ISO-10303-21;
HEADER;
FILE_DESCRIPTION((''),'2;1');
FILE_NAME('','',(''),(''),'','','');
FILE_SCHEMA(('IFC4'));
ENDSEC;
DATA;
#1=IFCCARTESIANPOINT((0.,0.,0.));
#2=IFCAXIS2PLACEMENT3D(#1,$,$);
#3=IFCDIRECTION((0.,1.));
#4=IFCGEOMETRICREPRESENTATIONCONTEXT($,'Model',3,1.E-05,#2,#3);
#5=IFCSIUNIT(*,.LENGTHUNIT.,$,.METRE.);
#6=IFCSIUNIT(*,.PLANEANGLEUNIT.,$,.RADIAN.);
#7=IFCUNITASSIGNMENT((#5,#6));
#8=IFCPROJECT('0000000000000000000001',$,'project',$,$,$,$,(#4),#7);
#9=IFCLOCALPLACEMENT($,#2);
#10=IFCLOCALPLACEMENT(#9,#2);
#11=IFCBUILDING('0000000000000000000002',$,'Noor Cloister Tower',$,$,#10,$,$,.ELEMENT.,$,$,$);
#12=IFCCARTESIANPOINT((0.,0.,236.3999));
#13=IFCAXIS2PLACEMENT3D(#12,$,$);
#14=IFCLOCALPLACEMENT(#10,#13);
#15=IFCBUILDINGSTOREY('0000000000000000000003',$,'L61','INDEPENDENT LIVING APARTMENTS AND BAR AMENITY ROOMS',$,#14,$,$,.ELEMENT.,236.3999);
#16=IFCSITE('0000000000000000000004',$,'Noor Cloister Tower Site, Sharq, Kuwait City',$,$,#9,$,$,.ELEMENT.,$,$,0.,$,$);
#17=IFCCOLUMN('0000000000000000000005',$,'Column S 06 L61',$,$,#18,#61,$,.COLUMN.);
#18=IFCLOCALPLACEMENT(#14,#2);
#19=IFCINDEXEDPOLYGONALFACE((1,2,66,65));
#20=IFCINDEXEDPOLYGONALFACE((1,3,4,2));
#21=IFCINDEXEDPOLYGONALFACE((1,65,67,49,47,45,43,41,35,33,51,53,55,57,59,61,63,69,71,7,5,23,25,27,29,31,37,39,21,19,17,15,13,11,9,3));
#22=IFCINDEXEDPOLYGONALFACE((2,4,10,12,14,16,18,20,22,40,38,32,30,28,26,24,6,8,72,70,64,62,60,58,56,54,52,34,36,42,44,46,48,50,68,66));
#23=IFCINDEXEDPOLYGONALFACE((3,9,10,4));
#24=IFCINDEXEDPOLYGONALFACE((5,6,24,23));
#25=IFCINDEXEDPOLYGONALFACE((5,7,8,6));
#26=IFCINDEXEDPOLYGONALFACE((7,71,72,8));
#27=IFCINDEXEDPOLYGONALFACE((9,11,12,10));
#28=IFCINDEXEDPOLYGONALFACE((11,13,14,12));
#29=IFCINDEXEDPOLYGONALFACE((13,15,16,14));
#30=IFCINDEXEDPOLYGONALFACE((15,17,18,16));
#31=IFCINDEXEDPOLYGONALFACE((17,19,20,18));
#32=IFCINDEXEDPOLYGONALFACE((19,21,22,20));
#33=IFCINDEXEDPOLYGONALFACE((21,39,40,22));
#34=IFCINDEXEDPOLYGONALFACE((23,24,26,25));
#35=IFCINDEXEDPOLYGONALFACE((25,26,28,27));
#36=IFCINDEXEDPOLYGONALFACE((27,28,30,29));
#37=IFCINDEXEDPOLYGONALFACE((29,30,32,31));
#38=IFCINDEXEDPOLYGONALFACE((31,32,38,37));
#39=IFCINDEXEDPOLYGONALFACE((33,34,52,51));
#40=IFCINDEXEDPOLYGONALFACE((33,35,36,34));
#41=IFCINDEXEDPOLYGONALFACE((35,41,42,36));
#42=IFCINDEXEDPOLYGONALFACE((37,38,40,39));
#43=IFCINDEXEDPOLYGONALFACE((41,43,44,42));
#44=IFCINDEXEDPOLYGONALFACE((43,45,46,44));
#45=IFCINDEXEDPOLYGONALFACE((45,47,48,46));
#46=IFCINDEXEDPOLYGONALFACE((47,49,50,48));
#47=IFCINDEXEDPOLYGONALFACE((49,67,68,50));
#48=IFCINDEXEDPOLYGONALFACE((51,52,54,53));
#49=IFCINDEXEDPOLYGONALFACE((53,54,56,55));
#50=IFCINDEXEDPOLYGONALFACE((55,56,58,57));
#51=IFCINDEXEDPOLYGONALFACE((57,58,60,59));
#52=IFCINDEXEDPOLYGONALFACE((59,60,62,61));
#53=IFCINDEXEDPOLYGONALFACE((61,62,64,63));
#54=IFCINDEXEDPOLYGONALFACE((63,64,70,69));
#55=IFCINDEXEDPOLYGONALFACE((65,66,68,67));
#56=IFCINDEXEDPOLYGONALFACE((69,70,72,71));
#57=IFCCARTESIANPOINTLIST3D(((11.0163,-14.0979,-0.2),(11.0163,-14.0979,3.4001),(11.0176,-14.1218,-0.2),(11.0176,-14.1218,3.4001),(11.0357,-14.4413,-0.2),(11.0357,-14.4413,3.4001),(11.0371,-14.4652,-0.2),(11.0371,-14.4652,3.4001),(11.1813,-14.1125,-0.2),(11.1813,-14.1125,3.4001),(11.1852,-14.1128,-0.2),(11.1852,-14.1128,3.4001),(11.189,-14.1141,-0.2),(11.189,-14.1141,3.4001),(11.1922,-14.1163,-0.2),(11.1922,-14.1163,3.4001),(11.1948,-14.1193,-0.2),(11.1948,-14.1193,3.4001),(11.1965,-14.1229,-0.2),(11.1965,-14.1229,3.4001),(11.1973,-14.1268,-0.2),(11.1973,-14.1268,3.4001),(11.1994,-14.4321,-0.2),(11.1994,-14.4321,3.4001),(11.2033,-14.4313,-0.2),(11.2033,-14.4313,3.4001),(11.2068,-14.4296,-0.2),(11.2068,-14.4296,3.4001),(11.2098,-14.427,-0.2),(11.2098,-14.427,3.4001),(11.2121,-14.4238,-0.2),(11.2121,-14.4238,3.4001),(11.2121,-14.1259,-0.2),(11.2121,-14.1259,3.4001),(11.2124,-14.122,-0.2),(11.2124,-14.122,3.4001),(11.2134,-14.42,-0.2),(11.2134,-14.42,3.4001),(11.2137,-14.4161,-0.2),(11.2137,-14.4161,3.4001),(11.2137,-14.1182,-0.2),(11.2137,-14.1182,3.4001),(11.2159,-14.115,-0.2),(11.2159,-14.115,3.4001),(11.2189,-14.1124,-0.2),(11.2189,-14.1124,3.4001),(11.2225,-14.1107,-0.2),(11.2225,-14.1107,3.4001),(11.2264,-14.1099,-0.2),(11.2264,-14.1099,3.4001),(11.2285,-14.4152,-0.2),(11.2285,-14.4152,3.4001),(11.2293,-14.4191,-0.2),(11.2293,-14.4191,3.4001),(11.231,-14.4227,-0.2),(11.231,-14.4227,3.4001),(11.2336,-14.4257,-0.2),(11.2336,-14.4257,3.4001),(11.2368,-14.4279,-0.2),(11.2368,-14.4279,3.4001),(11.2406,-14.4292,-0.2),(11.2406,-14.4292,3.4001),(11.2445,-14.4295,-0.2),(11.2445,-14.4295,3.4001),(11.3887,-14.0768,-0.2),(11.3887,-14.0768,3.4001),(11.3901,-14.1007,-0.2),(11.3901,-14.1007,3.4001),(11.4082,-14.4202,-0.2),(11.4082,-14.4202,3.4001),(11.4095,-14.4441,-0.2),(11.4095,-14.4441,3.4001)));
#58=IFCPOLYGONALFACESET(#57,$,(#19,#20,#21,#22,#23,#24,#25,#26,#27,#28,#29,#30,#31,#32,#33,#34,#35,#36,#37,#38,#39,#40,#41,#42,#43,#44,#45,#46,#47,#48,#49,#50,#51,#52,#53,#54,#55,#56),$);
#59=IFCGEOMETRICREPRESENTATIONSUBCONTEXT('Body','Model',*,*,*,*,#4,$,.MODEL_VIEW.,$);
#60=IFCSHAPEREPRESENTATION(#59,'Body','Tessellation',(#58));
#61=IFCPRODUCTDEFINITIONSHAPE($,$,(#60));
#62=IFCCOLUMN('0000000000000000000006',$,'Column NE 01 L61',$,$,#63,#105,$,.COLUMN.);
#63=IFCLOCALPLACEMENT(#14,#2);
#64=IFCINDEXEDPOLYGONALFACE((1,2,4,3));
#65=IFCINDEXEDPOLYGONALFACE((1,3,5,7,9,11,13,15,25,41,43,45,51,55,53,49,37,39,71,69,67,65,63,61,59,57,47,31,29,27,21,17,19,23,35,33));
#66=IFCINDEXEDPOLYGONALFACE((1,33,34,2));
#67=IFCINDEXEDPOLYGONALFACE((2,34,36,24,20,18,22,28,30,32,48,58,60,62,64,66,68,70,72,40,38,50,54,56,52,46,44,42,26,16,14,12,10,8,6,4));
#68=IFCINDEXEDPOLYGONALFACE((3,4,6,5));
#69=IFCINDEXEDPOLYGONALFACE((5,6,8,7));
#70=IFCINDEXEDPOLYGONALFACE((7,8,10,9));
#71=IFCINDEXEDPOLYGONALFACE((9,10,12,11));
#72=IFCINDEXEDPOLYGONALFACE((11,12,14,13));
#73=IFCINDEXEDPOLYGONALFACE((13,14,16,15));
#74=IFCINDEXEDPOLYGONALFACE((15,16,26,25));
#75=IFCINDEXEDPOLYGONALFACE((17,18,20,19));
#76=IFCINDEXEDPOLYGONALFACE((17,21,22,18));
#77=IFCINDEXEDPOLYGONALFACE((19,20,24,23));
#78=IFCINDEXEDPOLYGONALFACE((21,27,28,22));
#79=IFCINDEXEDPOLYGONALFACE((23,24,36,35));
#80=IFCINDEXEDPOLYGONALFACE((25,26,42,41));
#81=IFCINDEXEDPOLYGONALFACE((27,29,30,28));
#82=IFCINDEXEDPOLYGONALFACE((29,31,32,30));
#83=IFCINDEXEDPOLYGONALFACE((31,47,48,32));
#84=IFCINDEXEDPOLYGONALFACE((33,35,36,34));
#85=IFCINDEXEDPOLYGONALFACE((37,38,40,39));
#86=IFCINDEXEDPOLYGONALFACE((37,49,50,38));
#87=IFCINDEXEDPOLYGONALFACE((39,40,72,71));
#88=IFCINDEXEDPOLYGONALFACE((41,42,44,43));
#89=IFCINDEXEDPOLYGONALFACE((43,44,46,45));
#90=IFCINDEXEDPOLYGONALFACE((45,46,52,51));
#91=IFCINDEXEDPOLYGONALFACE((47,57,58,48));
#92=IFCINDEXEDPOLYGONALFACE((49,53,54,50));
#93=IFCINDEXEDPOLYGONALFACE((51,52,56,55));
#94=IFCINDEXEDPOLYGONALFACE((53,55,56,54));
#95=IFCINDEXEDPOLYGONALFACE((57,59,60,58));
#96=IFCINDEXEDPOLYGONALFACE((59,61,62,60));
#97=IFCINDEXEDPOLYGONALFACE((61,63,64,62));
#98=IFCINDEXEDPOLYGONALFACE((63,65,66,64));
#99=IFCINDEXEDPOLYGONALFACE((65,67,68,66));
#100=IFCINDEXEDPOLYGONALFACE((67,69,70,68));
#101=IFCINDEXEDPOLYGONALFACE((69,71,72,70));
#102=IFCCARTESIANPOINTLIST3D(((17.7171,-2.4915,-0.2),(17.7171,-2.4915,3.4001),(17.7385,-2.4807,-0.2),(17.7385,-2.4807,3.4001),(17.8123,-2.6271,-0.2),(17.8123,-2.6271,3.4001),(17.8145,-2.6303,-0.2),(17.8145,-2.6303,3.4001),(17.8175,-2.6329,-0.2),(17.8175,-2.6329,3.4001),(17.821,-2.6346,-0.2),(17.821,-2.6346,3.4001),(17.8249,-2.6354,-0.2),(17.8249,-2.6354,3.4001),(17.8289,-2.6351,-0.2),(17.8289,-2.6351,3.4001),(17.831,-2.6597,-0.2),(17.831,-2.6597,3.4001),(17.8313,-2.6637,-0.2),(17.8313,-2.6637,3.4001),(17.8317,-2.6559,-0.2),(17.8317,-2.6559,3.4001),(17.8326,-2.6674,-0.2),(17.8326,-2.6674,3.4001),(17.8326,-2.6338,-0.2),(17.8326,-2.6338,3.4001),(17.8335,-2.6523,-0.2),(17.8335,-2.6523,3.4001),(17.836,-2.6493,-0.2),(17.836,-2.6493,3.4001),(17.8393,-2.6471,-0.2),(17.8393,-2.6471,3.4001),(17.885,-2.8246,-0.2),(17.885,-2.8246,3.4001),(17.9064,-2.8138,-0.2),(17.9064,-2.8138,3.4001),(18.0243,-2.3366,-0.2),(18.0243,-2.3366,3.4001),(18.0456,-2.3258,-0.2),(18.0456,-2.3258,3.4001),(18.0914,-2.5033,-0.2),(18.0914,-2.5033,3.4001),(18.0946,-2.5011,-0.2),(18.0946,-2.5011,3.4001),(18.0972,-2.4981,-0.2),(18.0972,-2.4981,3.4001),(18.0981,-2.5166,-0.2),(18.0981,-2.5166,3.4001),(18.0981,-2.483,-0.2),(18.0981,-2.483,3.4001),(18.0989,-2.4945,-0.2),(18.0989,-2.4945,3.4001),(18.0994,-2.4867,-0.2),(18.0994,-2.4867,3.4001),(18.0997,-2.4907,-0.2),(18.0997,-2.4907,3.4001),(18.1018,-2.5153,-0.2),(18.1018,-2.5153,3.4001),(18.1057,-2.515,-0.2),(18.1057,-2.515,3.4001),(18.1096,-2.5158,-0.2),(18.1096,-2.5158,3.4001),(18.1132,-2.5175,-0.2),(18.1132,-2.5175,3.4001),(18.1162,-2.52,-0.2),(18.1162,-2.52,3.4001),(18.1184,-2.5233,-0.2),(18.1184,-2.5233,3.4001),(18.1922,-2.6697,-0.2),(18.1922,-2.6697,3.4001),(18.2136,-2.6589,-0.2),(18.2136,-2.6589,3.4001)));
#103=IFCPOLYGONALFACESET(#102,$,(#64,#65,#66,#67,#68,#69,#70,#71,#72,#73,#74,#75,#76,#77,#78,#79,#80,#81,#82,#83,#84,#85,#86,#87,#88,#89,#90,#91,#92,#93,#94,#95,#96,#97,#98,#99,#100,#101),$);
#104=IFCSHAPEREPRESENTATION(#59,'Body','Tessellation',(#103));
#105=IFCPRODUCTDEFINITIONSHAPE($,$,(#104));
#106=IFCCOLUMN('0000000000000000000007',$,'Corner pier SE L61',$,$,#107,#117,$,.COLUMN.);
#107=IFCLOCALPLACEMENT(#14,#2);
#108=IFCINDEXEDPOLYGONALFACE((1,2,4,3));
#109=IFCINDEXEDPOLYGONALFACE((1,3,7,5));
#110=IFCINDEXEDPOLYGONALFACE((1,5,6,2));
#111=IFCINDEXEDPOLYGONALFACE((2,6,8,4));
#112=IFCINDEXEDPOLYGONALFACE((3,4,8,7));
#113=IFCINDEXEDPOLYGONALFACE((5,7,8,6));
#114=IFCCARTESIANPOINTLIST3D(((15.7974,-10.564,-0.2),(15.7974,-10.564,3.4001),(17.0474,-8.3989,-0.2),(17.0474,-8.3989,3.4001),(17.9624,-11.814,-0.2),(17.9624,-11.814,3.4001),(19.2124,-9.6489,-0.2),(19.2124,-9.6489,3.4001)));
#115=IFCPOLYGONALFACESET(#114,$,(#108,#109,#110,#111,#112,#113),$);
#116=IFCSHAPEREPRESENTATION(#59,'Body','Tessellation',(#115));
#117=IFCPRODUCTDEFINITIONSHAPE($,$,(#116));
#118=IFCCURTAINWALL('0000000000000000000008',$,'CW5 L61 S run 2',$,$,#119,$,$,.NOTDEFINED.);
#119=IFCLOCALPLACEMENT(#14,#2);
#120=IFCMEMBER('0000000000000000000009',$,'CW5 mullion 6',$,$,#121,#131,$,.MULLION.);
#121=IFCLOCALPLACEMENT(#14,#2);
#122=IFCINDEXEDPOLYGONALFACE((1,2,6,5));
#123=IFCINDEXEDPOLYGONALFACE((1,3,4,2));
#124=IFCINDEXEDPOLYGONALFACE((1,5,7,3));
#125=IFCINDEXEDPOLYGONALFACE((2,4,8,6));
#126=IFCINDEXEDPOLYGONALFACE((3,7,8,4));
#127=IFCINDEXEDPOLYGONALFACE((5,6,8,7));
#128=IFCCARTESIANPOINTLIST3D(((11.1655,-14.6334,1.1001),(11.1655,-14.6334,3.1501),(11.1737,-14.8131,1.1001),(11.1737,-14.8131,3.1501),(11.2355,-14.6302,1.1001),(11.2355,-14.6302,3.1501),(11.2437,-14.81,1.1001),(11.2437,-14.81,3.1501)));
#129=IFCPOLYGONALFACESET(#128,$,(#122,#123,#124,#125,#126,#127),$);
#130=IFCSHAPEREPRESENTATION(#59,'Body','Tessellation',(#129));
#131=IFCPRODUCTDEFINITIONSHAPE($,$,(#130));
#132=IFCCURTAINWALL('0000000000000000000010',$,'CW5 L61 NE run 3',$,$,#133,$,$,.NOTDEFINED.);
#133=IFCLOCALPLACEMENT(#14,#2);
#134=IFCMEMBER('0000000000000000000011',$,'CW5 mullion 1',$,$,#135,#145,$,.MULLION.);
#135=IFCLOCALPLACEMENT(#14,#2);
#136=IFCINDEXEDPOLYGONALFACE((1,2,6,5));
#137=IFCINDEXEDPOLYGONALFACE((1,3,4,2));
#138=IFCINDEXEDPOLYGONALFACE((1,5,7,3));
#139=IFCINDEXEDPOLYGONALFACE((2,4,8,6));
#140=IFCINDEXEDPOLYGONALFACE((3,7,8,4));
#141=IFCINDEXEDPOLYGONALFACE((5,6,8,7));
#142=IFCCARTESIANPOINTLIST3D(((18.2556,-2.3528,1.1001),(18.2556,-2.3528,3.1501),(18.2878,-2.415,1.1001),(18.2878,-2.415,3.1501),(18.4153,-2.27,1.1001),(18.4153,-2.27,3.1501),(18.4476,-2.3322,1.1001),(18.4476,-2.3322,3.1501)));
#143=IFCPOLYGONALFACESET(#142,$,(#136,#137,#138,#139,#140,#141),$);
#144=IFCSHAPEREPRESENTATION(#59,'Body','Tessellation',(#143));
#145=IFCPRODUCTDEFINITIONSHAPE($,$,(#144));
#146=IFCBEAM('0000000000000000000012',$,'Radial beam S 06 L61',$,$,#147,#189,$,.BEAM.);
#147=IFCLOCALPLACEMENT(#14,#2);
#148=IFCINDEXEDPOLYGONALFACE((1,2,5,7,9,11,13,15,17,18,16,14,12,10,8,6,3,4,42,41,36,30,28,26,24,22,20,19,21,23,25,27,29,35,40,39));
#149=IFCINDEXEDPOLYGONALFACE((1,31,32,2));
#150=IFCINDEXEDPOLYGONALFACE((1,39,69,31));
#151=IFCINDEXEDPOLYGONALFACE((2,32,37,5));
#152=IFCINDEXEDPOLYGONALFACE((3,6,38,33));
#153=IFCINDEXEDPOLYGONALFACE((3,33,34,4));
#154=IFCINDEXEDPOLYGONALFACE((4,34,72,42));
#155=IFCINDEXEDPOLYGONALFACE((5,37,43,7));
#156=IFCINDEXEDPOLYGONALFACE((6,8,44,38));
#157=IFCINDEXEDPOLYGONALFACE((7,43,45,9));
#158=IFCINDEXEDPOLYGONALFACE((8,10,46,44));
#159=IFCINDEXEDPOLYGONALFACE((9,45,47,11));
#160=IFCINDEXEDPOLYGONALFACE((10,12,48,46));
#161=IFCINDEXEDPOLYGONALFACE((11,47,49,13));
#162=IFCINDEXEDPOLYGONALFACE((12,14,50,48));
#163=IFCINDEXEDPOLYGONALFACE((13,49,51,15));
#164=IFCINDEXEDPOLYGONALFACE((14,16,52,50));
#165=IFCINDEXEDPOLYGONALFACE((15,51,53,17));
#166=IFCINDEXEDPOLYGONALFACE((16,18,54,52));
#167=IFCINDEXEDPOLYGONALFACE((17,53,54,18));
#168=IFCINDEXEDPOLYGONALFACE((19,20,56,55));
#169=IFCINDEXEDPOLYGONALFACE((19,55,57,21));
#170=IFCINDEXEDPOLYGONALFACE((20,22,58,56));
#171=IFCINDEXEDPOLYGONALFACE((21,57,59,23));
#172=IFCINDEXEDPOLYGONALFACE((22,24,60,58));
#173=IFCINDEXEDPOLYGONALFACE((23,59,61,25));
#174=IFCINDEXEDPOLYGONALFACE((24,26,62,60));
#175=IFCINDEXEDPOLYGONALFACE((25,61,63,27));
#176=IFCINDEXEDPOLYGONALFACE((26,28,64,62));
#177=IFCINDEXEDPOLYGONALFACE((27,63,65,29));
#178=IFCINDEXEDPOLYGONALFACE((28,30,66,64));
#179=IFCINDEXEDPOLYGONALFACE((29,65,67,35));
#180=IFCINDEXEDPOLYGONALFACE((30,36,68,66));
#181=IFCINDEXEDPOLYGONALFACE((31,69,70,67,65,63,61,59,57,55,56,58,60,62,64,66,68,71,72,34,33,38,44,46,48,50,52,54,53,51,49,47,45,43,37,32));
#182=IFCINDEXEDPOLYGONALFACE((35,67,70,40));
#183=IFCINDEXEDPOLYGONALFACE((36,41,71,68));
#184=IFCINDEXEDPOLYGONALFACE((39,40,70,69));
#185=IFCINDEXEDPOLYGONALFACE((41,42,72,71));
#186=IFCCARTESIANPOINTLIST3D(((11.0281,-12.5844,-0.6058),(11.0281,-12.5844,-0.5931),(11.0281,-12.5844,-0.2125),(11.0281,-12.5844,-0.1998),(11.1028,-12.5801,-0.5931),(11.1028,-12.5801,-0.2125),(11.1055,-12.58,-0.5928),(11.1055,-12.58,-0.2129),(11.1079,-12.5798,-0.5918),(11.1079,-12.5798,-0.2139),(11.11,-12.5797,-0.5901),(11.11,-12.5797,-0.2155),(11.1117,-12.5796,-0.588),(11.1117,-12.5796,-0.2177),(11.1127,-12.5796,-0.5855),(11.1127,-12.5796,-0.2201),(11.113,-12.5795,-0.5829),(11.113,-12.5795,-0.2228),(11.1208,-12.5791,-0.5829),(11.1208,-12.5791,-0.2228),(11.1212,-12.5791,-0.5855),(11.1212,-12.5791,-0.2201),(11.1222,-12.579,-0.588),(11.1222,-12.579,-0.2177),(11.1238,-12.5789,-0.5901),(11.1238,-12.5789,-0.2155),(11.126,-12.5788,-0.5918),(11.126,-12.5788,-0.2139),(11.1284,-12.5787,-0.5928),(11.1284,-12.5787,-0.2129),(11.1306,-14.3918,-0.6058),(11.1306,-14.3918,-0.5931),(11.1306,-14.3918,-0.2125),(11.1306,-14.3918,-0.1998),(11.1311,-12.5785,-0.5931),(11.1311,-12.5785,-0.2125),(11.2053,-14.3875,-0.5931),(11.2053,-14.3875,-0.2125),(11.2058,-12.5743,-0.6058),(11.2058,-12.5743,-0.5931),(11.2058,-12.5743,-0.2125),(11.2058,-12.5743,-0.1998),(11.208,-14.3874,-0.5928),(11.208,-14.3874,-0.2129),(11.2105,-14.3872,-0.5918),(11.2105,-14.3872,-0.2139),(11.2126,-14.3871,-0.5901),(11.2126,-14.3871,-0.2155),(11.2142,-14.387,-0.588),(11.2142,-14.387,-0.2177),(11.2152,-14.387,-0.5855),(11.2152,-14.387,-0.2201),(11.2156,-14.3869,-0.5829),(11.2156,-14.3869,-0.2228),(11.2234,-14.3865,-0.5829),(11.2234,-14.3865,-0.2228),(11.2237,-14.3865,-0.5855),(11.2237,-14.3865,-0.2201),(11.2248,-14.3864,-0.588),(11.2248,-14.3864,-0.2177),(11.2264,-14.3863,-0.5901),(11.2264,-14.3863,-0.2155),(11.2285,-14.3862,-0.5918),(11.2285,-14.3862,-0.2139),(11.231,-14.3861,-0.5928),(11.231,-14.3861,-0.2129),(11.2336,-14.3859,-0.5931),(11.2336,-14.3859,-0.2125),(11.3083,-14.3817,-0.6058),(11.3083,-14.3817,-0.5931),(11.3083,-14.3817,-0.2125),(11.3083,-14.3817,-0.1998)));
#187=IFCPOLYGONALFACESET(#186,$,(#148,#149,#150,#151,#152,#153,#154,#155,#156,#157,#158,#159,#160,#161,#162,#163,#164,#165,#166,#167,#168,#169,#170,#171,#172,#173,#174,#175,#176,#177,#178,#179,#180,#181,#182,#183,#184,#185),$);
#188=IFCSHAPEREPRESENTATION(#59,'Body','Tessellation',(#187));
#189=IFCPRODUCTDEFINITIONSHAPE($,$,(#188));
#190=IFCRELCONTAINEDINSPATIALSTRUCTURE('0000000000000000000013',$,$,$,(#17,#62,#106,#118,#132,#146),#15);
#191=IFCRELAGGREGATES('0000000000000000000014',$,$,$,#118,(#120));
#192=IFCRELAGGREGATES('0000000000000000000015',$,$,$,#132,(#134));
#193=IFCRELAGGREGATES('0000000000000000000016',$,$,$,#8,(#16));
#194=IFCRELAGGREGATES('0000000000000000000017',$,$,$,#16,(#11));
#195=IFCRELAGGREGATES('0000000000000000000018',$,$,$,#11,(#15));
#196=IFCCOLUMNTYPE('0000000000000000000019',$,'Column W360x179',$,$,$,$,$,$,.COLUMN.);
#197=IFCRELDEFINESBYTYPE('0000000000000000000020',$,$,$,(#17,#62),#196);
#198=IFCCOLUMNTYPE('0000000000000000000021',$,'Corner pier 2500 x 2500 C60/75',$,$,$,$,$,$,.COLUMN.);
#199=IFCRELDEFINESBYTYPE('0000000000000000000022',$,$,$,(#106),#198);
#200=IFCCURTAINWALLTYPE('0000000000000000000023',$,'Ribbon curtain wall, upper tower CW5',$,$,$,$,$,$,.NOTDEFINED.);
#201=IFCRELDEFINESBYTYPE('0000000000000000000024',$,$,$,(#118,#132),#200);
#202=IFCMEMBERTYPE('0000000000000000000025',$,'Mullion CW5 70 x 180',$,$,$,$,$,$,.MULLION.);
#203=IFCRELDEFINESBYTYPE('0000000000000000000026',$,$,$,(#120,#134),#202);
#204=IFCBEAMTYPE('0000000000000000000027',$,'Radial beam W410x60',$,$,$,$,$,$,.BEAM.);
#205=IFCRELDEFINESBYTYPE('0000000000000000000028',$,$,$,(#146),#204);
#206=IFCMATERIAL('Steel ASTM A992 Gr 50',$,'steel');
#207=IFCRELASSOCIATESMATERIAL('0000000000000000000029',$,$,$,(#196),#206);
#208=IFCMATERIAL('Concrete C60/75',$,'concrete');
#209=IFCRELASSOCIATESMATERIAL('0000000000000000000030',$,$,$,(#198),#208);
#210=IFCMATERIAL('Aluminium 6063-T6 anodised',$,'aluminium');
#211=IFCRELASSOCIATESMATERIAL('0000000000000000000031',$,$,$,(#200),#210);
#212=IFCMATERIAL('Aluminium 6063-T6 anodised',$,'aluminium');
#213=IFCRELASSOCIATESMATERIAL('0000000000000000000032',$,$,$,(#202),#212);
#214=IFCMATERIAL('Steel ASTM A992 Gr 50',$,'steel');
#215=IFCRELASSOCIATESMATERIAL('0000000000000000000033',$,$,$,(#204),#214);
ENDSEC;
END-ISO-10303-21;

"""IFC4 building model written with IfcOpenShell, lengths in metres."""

from ifc_helpers import new_model, si_unit, direction, frame, origin, origin_2d, place, context, subcontext, project, spatial, rectangle, i_section, extrude, material, material_profile, profile_set, type_object, element, aggregate, save


model = new_model("IFC4")

# Units and contexts
model_context = context("Model", 3, precision=1e-05, world=origin(), true_north=direction((0.0, 1.0)))
body_context = subcontext(model_context, "Body", "Model", "MODEL_VIEW")
ifc_project = project(units=[si_unit("LENGTHUNIT", "METRE"), si_unit("PLANEANGLEUNIT", "RADIAN")], contexts=[model_context])

# Site, building, storey
site_placement = place(None, origin())
site = spatial("IfcSite", under=ifc_project, at=site_placement, Name="Noor Cloister Tower Site, Sharq, Kuwait City", CompositionType="ELEMENT", RefElevation=0.0)
building_placement = place(site_placement, origin())
building = spatial("IfcBuilding", under=site, at=building_placement, Name="Noor Cloister Tower", CompositionType="ELEMENT")
storey_placement = place(building_placement, frame((0.0, 0.0, 236.3999)))
storey = spatial("IfcBuildingStorey", under=building, at=storey_placement, Name="L61", Description="INDEPENDENT LIVING APARTMENTS AND BAR AMENITY ROOMS", CompositionType="ELEMENT", Elevation=236.3999)

# Columns
ifc_material_1 = material(Name="Steel ASTM A992 Gr 50", Category="steel")
ifc_material_profile_1 = material_profile(ifc_material_1, i_section(OverallWidth=0.373, OverallDepth=0.3679, WebThickness=0.0149, FlangeThickness=0.0239, FilletRadius=0.0151, at=origin_2d()), Name="W360x179")
ifc_profile_set_1 = profile_set([ifc_material_profile_1], Name="Steel ASTM A992 Gr 50")
column_type_1 = type_object("IfcColumnType", Name="Column W360x179", PredefinedType="COLUMN", material=ifc_profile_set_1)
for number, where, z_axis, x_axis, name in (
    (1, (11.2129, -14.271, -0.2), (0.0, 0.0, 1.0), (0.998397, 0.056596, 0.0), "Column S 06 L61"),
    (2, (17.9653, -2.5752, -0.2), (0.0, 0.0, 1.0), (-0.450185, 0.892935, 0.0), "Column NE 01 L61"),
):
    element("IfcColumn", number, at=place(storey_placement, frame(where, z_axis=z_axis, x_axis=x_axis)), inside=storey, type_object=column_type_1, Name=name, PredefinedType="COLUMN", context=body_context, shape_type="SweptSolid", body=[
        extrude(i_section(OverallWidth=0.373, OverallDepth=0.3679, WebThickness=0.0149, FlangeThickness=0.0239, FilletRadius=0.0151, at=origin_2d()), origin(), (0.0, 0.0, 1.0), 3.6001),
    ])
ifc_material_2 = material(Name="Concrete C60/75", Category="concrete")
ifc_material_profile_2 = material_profile(ifc_material_2, rectangle(XDim=2.5, YDim=2.5, at=origin_2d()), Name="RC 2500x2500")
ifc_profile_set_2 = profile_set([ifc_material_profile_2], Name="Concrete C60/75")
column_type_2 = type_object("IfcColumnType", Name="Corner pier 2500 x 2500 C60/75", PredefinedType="COLUMN", material=ifc_profile_set_2)
column_placement = place(storey_placement, frame((17.5049, -10.1064, -0.2), z_axis=(0.0, 0.0, 1.0), x_axis=(0.866025, -0.5, 0.0)))
element("IfcColumn", 3, at=column_placement, inside=storey, type_object=column_type_2, Name="Corner pier SE L61", PredefinedType="COLUMN", context=body_context, shape_type="SweptSolid", body=[
    extrude(rectangle(XDim=2.5, YDim=2.5, at=origin_2d()), origin(), (0.0, 0.0, 1.0), 3.6001),
])

# Curtain walls, members
ifc_material_3 = material(Name="Aluminium 6063-T6 anodised", Category="aluminium")
curtain_wall_type = type_object("IfcCurtainWallType", Name="Ribbon curtain wall, upper tower CW5", PredefinedType="NOTDEFINED", material=ifc_material_3)
curtain_wall_1_placement = place(storey_placement, origin())
curtain_wall_1 = element("IfcCurtainWall", 4, at=curtain_wall_1_placement, inside=storey, type_object=curtain_wall_type, Name="CW5 L61 S run 2", PredefinedType="NOTDEFINED")
ifc_material_4 = material(Name="Aluminium 6063-T6 anodised", Category="aluminium")
ifc_material_profile_3 = material_profile(ifc_material_4, rectangle(XDim=0.1799, YDim=0.0701, at=origin_2d()), Name="180 x 70 mullion")
ifc_profile_set_3 = profile_set([ifc_material_profile_3], Name="Aluminium 6063-T6 anodised")
member_type = type_object("IfcMemberType", Name="Mullion CW5 70 x 180", PredefinedType="MULLION", material=ifc_profile_set_3)
member_1_placement = place(storey_placement, frame((11.2046, -14.7217, 1.1001), z_axis=(0.0, 0.0, 1.0), x_axis=(-0.045286, 0.998974, 0.0)))
member_1 = element("IfcMember", 5, at=member_1_placement, type_object=member_type, Name="CW5 mullion 6", PredefinedType="MULLION", context=body_context, shape_type="SweptSolid", body=[
    extrude(rectangle(XDim=0.1799, YDim=0.0701, at=origin_2d()), origin(), (0.0, 0.0, 1.0), 2.05),
])
curtain_wall_2_placement = place(storey_placement, origin())
curtain_wall_2 = element("IfcCurtainWall", 6, at=curtain_wall_2_placement, inside=storey, type_object=curtain_wall_type, Name="CW5 L61 NE run 3", PredefinedType="NOTDEFINED")
member_2_placement = place(storey_placement, frame((18.3516, -2.3425, 1.1001), z_axis=(0.0, 0.0, 1.0), x_axis=(-0.88778, -0.460269, 0.0)))
member_2 = element("IfcMember", 7, at=member_2_placement, type_object=member_type, Name="CW5 mullion 1", PredefinedType="MULLION", context=body_context, shape_type="SweptSolid", body=[
    extrude(rectangle(XDim=0.1799, YDim=0.0701, at=origin_2d()), origin(), (0.0, 0.0, 1.0), 2.05),
])

# Beam
ifc_material_5 = material(Name="Steel ASTM A992 Gr 50", Category="steel")
ifc_material_profile_4 = material_profile(ifc_material_5, i_section(OverallWidth=0.178, OverallDepth=0.406, WebThickness=0.0078, FlangeThickness=0.0127, FilletRadius=0.0103, at=origin_2d()), Name="W410x60")
ifc_profile_set_4 = profile_set([ifc_material_profile_4], Name="Steel ASTM A992 Gr 50")
beam_type_1 = type_object("IfcBeamType", Name="Radial beam W410x60", PredefinedType="BEAM", material=ifc_profile_set_4)
beam_1_placement = place(storey_placement, frame((11.2195, -14.3867, -0.4028), z_axis=(-0.056643, 0.998395, 0.0), x_axis=(-0.998395, -0.056643, 0.0)))
element("IfcBeam", 8, at=beam_1_placement, inside=storey, type_object=beam_type_1, Name="Radial beam S 06 L61", PredefinedType="BEAM", context=body_context, shape_type="SweptSolid", body=[
    extrude(i_section(OverallWidth=0.178, OverallDepth=0.406, WebThickness=0.0078, FlangeThickness=0.0127, FilletRadius=0.0103, at=origin_2d()), origin(), (0.0, 0.0, 1.0), 1.8103),
])

aggregate(curtain_wall_1, [member_1])
aggregate(curtain_wall_2, [member_2])

save(model, "model.ifc")
